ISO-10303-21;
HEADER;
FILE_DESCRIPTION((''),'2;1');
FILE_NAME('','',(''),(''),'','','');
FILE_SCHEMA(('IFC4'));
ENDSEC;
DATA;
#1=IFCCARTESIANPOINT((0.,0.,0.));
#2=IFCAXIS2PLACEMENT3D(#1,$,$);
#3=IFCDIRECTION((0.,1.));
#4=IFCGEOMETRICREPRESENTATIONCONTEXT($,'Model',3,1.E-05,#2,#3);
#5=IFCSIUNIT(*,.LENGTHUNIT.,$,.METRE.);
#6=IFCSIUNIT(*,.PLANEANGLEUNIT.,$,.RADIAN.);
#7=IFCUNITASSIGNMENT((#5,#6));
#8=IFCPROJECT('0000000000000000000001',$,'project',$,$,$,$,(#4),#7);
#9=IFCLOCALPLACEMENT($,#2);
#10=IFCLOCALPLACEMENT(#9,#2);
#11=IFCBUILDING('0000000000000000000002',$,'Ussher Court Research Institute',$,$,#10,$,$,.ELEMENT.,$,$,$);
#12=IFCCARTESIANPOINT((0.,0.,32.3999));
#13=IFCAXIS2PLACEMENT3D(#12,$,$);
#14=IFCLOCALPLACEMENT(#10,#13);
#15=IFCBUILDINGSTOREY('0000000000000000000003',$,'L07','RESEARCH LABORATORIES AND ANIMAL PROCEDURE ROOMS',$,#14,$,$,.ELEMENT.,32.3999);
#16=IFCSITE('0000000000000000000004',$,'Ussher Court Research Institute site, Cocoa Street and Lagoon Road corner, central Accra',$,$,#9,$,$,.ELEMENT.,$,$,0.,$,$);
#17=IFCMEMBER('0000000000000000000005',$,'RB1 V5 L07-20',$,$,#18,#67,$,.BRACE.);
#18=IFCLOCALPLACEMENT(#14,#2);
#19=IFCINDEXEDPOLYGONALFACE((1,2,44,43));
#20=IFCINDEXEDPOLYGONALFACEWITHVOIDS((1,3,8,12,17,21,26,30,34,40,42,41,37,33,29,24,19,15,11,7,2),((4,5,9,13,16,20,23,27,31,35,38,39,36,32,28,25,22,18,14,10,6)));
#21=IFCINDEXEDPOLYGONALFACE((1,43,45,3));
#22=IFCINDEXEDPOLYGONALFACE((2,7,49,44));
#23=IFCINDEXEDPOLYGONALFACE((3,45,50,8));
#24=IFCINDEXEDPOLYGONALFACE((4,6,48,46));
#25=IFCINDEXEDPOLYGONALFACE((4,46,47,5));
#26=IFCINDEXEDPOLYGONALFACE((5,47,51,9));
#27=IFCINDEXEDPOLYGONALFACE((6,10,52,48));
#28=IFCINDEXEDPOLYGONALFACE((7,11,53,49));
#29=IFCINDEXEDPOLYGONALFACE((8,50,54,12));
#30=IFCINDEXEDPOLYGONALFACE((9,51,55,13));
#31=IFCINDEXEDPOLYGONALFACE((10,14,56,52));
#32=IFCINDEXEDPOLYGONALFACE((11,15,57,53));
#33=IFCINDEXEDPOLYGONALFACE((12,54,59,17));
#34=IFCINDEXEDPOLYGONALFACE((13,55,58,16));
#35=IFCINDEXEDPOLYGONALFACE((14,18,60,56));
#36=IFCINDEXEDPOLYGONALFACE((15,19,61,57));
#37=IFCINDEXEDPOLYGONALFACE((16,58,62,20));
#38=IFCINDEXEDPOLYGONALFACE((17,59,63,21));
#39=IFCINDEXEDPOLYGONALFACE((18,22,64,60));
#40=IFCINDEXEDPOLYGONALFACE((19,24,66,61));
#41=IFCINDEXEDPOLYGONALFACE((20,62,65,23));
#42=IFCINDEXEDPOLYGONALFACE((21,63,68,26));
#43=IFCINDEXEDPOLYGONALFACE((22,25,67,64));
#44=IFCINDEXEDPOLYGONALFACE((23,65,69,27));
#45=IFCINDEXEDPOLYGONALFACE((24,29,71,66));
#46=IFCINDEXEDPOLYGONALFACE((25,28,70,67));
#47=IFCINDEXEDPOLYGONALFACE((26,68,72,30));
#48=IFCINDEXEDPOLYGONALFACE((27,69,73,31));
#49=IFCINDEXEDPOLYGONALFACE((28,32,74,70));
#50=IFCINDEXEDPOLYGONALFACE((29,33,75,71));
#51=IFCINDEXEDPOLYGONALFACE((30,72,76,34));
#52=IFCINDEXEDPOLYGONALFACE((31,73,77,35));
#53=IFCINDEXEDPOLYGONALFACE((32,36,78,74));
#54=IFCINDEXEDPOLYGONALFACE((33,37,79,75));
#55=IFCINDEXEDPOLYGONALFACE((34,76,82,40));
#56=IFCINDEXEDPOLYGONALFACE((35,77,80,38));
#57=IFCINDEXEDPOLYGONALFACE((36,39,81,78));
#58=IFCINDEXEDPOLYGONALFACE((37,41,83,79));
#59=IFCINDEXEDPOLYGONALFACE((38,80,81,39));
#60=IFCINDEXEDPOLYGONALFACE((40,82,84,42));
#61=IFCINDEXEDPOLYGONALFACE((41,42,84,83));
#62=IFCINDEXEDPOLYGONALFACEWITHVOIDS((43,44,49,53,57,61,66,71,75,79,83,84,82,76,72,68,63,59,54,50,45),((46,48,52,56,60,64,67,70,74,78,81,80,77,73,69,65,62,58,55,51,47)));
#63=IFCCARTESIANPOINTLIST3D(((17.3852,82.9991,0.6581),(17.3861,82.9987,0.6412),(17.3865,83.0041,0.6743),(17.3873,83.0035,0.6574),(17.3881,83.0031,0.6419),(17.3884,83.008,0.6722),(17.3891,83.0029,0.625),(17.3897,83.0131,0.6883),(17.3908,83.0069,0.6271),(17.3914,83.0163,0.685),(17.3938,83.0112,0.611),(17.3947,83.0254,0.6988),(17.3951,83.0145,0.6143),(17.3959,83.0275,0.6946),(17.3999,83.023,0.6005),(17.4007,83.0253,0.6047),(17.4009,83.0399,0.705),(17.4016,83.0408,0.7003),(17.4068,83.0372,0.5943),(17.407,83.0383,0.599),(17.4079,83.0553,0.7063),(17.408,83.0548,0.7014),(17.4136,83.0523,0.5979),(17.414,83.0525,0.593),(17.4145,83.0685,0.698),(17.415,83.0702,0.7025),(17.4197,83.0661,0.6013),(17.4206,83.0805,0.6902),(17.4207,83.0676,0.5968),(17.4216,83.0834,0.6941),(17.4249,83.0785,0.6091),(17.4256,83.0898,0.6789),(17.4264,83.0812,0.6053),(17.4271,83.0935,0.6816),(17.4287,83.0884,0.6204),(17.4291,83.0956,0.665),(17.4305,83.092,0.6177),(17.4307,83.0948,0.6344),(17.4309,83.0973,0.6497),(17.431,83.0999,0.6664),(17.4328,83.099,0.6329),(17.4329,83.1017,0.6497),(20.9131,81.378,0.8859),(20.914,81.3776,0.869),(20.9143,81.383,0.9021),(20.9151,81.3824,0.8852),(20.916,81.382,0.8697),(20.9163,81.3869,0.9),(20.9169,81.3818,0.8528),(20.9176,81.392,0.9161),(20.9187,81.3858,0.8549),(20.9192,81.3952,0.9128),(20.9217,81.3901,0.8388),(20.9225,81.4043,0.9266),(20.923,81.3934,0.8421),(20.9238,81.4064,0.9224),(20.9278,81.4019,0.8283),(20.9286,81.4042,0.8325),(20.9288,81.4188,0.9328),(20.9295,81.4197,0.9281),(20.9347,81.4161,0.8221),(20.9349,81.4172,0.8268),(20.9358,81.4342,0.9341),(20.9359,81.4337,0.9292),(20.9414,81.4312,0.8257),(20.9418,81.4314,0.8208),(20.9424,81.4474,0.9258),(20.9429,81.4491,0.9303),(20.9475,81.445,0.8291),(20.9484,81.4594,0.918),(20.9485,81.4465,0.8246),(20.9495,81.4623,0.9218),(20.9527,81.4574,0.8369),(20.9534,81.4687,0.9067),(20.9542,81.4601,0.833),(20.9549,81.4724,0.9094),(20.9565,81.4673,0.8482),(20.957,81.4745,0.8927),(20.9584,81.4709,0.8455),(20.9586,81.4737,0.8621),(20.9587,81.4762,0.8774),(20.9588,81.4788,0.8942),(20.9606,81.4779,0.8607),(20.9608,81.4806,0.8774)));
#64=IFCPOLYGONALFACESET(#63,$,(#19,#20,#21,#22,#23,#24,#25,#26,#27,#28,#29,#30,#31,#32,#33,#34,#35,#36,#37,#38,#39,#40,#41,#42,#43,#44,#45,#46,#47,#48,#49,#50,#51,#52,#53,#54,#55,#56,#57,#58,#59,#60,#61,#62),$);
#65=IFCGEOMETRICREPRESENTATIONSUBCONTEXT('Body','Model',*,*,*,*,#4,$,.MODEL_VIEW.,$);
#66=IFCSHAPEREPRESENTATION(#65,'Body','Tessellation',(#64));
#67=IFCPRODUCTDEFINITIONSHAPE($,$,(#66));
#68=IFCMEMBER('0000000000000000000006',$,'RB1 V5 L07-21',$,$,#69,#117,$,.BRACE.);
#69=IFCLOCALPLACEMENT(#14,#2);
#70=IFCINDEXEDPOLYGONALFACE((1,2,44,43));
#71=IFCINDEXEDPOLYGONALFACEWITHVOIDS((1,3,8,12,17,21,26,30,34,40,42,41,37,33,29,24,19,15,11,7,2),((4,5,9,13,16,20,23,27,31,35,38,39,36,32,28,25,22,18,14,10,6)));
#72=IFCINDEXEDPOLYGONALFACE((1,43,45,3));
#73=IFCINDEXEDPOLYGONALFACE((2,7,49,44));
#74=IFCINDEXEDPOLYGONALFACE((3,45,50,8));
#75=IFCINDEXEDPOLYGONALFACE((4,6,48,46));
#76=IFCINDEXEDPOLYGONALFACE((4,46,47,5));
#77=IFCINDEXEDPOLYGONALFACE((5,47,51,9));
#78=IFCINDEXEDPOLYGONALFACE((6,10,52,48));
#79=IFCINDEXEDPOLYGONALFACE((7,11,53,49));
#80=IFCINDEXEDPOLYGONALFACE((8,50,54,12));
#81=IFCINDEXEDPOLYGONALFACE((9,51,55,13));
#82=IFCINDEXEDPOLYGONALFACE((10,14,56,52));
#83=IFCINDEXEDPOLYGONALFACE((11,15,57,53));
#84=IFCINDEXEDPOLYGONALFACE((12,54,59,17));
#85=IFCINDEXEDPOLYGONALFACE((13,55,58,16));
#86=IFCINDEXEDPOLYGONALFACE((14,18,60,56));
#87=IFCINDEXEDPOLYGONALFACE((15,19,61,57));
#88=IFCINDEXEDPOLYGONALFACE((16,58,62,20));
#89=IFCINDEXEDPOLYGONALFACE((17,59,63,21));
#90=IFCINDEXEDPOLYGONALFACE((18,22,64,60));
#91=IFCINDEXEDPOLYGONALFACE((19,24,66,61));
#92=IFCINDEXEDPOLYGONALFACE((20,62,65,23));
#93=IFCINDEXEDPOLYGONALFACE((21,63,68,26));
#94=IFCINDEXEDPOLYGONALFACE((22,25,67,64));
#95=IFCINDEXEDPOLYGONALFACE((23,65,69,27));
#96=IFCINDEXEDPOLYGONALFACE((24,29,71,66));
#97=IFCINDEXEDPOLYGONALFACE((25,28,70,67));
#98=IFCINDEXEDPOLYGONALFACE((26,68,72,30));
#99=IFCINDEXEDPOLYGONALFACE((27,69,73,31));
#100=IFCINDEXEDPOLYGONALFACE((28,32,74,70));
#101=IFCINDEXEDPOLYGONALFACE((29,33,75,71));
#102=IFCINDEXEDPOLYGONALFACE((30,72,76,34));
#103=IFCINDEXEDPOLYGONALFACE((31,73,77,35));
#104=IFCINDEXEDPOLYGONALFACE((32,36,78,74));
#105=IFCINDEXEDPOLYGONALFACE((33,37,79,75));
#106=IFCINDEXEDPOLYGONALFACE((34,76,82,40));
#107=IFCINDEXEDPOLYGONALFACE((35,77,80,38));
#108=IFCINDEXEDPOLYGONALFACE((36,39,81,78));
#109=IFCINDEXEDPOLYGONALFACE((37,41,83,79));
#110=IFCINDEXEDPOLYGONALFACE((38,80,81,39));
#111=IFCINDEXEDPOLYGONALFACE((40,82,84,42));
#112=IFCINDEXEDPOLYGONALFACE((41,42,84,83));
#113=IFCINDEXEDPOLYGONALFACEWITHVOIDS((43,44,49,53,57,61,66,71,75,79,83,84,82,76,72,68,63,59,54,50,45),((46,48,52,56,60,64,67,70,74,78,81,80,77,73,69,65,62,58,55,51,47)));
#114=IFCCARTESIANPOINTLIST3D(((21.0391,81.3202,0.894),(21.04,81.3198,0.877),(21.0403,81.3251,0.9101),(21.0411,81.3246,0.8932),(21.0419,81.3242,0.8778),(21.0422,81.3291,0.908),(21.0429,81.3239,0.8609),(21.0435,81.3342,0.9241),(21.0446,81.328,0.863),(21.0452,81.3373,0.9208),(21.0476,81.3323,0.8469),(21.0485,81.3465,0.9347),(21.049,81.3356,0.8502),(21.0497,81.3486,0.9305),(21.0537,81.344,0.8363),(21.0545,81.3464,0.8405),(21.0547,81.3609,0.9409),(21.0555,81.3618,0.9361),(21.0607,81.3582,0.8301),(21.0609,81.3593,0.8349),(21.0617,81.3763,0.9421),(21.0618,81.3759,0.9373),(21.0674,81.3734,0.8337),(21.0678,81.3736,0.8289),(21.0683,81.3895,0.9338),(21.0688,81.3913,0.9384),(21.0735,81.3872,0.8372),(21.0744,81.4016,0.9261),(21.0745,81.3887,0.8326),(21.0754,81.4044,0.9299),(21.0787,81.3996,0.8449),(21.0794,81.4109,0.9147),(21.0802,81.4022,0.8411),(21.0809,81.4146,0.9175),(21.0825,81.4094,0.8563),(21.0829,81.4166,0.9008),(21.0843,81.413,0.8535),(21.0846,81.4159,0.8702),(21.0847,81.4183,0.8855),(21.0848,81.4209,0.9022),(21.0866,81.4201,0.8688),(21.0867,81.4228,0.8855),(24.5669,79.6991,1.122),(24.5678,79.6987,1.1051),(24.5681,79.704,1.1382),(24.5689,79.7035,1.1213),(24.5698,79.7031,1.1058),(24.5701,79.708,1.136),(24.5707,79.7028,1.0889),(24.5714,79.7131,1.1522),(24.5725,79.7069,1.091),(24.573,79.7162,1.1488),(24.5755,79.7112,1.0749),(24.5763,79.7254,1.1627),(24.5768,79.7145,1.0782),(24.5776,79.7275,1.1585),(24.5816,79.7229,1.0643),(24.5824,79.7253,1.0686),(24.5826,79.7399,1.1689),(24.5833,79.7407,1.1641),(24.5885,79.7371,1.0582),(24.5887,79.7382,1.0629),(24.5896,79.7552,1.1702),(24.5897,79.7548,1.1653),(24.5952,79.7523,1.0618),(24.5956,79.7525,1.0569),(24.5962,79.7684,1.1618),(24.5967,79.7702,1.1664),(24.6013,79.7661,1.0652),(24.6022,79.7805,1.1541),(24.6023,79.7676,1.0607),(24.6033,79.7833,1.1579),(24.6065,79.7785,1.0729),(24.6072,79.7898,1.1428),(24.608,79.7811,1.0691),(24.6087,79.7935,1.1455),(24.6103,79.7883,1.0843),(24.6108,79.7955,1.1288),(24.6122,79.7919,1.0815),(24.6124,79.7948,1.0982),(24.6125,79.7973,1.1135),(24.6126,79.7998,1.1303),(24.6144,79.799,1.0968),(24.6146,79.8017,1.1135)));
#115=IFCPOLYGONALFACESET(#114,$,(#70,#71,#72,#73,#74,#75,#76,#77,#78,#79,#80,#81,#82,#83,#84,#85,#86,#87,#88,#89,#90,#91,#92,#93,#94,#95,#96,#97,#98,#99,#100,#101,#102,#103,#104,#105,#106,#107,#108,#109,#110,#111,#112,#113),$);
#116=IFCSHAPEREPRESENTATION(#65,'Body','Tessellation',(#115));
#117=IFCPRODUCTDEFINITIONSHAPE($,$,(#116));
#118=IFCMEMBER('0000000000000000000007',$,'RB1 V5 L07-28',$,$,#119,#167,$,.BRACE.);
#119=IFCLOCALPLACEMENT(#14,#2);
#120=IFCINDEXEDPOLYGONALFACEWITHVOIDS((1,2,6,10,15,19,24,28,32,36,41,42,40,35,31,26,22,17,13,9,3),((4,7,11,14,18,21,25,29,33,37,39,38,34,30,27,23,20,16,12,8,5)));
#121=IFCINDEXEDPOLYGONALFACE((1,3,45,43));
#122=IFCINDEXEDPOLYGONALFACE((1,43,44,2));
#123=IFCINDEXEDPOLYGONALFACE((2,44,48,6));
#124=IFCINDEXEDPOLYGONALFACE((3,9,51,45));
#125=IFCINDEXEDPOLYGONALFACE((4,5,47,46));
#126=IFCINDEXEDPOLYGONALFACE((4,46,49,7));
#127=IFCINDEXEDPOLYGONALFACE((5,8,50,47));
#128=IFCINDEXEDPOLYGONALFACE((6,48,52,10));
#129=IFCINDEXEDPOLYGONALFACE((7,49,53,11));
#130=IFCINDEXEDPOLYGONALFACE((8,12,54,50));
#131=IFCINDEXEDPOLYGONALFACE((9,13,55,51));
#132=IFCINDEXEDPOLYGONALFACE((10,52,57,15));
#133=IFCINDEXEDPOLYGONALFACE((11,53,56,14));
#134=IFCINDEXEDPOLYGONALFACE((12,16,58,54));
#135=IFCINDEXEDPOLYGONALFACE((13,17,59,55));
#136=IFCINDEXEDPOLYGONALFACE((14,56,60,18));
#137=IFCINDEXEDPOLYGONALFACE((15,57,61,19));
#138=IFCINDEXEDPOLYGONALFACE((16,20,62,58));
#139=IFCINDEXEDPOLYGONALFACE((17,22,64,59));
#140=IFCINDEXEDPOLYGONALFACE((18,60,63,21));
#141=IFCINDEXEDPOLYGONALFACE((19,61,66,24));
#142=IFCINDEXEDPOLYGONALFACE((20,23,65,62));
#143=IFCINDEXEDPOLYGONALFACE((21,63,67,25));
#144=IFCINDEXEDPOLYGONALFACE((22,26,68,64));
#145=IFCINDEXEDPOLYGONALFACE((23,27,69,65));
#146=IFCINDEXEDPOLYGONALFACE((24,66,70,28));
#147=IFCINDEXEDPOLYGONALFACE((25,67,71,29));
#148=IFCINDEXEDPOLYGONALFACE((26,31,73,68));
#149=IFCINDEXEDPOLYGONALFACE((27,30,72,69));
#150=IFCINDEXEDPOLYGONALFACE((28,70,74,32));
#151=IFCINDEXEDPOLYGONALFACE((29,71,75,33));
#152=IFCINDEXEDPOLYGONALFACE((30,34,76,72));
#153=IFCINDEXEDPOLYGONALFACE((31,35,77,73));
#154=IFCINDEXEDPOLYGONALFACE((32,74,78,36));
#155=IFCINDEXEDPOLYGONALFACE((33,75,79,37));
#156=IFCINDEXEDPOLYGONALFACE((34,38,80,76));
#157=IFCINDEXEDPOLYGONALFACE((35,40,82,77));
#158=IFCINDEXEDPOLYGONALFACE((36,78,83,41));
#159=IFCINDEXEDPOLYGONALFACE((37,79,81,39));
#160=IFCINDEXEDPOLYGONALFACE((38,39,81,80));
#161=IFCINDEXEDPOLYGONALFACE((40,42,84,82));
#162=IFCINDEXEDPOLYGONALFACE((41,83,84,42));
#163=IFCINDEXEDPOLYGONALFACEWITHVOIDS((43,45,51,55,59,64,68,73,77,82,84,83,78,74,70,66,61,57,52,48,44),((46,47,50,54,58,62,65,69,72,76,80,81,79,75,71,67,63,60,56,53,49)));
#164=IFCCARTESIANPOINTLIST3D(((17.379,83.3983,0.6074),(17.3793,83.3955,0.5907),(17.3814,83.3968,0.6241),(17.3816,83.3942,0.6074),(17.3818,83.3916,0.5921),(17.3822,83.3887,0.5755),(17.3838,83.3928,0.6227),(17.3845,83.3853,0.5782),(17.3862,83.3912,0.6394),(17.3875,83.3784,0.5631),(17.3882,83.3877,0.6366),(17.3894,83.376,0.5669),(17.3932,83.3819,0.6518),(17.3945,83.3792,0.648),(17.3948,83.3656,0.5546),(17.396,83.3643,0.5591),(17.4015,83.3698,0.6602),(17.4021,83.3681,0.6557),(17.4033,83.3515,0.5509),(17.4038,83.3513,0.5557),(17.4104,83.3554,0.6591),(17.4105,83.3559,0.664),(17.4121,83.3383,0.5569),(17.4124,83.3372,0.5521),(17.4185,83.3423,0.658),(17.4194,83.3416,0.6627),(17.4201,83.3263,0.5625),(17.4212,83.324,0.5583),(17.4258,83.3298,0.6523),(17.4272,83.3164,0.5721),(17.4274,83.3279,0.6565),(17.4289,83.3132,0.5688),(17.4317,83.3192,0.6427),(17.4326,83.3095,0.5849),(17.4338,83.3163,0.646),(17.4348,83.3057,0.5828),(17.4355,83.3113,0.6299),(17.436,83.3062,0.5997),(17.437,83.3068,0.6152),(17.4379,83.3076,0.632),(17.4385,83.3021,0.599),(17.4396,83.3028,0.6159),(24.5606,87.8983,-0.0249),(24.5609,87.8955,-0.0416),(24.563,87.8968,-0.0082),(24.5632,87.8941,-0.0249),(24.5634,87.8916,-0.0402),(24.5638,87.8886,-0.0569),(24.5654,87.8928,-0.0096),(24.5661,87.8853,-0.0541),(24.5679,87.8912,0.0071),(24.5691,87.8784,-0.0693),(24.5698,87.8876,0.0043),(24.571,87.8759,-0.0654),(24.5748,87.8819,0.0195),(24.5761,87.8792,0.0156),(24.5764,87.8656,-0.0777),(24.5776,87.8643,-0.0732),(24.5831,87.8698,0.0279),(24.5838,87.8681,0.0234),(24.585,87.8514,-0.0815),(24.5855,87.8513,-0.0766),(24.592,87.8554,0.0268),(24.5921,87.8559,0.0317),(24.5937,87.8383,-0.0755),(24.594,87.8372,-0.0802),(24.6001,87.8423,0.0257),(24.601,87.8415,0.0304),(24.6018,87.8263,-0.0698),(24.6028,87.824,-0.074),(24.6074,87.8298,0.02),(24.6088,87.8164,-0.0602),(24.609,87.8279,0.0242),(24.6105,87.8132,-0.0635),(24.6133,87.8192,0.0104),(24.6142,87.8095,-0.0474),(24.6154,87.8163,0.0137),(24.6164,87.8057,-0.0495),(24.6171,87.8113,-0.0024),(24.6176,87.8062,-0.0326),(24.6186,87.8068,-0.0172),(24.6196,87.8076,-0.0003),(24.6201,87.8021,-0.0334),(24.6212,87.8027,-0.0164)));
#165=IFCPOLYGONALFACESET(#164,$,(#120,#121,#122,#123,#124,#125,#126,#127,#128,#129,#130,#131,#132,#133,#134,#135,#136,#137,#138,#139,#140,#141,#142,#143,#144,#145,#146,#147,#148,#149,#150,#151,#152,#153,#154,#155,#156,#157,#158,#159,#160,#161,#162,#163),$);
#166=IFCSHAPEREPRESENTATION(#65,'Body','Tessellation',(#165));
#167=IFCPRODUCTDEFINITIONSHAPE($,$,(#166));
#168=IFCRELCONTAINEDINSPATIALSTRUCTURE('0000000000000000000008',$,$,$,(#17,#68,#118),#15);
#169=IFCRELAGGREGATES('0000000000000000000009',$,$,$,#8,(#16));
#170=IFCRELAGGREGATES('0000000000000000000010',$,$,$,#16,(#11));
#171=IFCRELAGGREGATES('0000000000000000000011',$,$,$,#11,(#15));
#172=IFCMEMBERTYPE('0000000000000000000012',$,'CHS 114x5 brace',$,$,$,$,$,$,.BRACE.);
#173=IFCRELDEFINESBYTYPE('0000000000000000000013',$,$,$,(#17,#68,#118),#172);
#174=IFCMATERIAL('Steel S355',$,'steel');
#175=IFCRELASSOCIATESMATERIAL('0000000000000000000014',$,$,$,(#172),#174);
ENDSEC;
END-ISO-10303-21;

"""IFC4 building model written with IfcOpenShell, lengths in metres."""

from ifc_helpers import new_model, si_unit, direction, frame, origin, origin_2d, place, context, subcontext, project, spatial, hollow_circle, extrude, material, material_profile, profile_set, type_object, element, save


model = new_model("IFC4")

# Units and contexts
model_context = context("Model", 3, precision=1e-05, world=origin(), true_north=direction((0.0, 1.0)))
body_context = subcontext(model_context, "Body", "Model", "MODEL_VIEW")
ifc_project = project(units=[si_unit("LENGTHUNIT", "METRE"), si_unit("PLANEANGLEUNIT", "RADIAN")], contexts=[model_context])

# Site, building, storey
site_placement = place(None, origin())
site = spatial("IfcSite", under=ifc_project, at=site_placement, Name="Ussher Court Research Institute site, Cocoa Street and Lagoon Road corner, central Accra", CompositionType="ELEMENT", RefElevation=0.0)
building_placement = place(site_placement, origin())
building = spatial("IfcBuilding", under=site, at=building_placement, Name="Ussher Court Research Institute", CompositionType="ELEMENT")
storey_placement = place(building_placement, frame((0.0, 0.0, 32.3999)))
storey = spatial("IfcBuildingStorey", under=building, at=storey_placement, Name="L07", Description="RESEARCH LABORATORIES AND ANIMAL PROCEDURE ROOMS", CompositionType="ELEMENT", Elevation=32.3999)

# Members
ifc_material_1 = material(Name="Steel S355", Category="steel")
ifc_material_profile_1 = material_profile(ifc_material_1, hollow_circle(Radius=0.0569, WallThickness=0.0049, at=origin_2d()), Name="CHS 114x5")
ifc_profile_set_1 = profile_set([ifc_material_profile_1], Name="Steel S355")
member_type_1 = type_object("IfcMemberType", Name="CHS 114x5 brace", PredefinedType="BRACE", material=ifc_profile_set_1)
for number, where, z_axis, x_axis, name in (
    (1, (17.4092, 83.05, 0.6497), (0.907098, -0.416826, 0.058569), (0.417542, 0.908658, 0.0), "RB1 V5 L07-20"),
    (2, (21.063, 81.3711, 0.8855), (0.907094, -0.416824, 0.058632), (0.417542, 0.908658, 0.0), "RB1 V5 L07-21"),
):
    element("IfcMember", number, at=place(storey_placement, frame(where, z_axis=z_axis, x_axis=x_axis)), inside=storey, type_object=member_type_1, Name=name, PredefinedType="BRACE", context=body_context, shape_type="SweptSolid", body=[
        extrude(hollow_circle(Radius=0.0569, WallThickness=0.0049, at=origin_2d()), origin(), (0.0, 0.0, 1.0), 3.8892),
    ])
member_1_placement = place(storey_placement, frame((17.4092, 83.3501, 0.6074), z_axis=(0.84504, 0.5295, -0.074404), x_axis=(-0.530972, 0.847389, 0.0)))
element("IfcMember", 3, at=member_1_placement, inside=storey, type_object=member_type_1, Name="RB1 V5 L07-28", PredefinedType="BRACE", context=body_context, shape_type="SweptSolid", body=[
    extrude(hollow_circle(Radius=0.0569, WallThickness=0.0049, at=origin_2d()), origin(), (0.0, 0.0, 1.0), 8.4985),
])

save(model, "model.ifc")
